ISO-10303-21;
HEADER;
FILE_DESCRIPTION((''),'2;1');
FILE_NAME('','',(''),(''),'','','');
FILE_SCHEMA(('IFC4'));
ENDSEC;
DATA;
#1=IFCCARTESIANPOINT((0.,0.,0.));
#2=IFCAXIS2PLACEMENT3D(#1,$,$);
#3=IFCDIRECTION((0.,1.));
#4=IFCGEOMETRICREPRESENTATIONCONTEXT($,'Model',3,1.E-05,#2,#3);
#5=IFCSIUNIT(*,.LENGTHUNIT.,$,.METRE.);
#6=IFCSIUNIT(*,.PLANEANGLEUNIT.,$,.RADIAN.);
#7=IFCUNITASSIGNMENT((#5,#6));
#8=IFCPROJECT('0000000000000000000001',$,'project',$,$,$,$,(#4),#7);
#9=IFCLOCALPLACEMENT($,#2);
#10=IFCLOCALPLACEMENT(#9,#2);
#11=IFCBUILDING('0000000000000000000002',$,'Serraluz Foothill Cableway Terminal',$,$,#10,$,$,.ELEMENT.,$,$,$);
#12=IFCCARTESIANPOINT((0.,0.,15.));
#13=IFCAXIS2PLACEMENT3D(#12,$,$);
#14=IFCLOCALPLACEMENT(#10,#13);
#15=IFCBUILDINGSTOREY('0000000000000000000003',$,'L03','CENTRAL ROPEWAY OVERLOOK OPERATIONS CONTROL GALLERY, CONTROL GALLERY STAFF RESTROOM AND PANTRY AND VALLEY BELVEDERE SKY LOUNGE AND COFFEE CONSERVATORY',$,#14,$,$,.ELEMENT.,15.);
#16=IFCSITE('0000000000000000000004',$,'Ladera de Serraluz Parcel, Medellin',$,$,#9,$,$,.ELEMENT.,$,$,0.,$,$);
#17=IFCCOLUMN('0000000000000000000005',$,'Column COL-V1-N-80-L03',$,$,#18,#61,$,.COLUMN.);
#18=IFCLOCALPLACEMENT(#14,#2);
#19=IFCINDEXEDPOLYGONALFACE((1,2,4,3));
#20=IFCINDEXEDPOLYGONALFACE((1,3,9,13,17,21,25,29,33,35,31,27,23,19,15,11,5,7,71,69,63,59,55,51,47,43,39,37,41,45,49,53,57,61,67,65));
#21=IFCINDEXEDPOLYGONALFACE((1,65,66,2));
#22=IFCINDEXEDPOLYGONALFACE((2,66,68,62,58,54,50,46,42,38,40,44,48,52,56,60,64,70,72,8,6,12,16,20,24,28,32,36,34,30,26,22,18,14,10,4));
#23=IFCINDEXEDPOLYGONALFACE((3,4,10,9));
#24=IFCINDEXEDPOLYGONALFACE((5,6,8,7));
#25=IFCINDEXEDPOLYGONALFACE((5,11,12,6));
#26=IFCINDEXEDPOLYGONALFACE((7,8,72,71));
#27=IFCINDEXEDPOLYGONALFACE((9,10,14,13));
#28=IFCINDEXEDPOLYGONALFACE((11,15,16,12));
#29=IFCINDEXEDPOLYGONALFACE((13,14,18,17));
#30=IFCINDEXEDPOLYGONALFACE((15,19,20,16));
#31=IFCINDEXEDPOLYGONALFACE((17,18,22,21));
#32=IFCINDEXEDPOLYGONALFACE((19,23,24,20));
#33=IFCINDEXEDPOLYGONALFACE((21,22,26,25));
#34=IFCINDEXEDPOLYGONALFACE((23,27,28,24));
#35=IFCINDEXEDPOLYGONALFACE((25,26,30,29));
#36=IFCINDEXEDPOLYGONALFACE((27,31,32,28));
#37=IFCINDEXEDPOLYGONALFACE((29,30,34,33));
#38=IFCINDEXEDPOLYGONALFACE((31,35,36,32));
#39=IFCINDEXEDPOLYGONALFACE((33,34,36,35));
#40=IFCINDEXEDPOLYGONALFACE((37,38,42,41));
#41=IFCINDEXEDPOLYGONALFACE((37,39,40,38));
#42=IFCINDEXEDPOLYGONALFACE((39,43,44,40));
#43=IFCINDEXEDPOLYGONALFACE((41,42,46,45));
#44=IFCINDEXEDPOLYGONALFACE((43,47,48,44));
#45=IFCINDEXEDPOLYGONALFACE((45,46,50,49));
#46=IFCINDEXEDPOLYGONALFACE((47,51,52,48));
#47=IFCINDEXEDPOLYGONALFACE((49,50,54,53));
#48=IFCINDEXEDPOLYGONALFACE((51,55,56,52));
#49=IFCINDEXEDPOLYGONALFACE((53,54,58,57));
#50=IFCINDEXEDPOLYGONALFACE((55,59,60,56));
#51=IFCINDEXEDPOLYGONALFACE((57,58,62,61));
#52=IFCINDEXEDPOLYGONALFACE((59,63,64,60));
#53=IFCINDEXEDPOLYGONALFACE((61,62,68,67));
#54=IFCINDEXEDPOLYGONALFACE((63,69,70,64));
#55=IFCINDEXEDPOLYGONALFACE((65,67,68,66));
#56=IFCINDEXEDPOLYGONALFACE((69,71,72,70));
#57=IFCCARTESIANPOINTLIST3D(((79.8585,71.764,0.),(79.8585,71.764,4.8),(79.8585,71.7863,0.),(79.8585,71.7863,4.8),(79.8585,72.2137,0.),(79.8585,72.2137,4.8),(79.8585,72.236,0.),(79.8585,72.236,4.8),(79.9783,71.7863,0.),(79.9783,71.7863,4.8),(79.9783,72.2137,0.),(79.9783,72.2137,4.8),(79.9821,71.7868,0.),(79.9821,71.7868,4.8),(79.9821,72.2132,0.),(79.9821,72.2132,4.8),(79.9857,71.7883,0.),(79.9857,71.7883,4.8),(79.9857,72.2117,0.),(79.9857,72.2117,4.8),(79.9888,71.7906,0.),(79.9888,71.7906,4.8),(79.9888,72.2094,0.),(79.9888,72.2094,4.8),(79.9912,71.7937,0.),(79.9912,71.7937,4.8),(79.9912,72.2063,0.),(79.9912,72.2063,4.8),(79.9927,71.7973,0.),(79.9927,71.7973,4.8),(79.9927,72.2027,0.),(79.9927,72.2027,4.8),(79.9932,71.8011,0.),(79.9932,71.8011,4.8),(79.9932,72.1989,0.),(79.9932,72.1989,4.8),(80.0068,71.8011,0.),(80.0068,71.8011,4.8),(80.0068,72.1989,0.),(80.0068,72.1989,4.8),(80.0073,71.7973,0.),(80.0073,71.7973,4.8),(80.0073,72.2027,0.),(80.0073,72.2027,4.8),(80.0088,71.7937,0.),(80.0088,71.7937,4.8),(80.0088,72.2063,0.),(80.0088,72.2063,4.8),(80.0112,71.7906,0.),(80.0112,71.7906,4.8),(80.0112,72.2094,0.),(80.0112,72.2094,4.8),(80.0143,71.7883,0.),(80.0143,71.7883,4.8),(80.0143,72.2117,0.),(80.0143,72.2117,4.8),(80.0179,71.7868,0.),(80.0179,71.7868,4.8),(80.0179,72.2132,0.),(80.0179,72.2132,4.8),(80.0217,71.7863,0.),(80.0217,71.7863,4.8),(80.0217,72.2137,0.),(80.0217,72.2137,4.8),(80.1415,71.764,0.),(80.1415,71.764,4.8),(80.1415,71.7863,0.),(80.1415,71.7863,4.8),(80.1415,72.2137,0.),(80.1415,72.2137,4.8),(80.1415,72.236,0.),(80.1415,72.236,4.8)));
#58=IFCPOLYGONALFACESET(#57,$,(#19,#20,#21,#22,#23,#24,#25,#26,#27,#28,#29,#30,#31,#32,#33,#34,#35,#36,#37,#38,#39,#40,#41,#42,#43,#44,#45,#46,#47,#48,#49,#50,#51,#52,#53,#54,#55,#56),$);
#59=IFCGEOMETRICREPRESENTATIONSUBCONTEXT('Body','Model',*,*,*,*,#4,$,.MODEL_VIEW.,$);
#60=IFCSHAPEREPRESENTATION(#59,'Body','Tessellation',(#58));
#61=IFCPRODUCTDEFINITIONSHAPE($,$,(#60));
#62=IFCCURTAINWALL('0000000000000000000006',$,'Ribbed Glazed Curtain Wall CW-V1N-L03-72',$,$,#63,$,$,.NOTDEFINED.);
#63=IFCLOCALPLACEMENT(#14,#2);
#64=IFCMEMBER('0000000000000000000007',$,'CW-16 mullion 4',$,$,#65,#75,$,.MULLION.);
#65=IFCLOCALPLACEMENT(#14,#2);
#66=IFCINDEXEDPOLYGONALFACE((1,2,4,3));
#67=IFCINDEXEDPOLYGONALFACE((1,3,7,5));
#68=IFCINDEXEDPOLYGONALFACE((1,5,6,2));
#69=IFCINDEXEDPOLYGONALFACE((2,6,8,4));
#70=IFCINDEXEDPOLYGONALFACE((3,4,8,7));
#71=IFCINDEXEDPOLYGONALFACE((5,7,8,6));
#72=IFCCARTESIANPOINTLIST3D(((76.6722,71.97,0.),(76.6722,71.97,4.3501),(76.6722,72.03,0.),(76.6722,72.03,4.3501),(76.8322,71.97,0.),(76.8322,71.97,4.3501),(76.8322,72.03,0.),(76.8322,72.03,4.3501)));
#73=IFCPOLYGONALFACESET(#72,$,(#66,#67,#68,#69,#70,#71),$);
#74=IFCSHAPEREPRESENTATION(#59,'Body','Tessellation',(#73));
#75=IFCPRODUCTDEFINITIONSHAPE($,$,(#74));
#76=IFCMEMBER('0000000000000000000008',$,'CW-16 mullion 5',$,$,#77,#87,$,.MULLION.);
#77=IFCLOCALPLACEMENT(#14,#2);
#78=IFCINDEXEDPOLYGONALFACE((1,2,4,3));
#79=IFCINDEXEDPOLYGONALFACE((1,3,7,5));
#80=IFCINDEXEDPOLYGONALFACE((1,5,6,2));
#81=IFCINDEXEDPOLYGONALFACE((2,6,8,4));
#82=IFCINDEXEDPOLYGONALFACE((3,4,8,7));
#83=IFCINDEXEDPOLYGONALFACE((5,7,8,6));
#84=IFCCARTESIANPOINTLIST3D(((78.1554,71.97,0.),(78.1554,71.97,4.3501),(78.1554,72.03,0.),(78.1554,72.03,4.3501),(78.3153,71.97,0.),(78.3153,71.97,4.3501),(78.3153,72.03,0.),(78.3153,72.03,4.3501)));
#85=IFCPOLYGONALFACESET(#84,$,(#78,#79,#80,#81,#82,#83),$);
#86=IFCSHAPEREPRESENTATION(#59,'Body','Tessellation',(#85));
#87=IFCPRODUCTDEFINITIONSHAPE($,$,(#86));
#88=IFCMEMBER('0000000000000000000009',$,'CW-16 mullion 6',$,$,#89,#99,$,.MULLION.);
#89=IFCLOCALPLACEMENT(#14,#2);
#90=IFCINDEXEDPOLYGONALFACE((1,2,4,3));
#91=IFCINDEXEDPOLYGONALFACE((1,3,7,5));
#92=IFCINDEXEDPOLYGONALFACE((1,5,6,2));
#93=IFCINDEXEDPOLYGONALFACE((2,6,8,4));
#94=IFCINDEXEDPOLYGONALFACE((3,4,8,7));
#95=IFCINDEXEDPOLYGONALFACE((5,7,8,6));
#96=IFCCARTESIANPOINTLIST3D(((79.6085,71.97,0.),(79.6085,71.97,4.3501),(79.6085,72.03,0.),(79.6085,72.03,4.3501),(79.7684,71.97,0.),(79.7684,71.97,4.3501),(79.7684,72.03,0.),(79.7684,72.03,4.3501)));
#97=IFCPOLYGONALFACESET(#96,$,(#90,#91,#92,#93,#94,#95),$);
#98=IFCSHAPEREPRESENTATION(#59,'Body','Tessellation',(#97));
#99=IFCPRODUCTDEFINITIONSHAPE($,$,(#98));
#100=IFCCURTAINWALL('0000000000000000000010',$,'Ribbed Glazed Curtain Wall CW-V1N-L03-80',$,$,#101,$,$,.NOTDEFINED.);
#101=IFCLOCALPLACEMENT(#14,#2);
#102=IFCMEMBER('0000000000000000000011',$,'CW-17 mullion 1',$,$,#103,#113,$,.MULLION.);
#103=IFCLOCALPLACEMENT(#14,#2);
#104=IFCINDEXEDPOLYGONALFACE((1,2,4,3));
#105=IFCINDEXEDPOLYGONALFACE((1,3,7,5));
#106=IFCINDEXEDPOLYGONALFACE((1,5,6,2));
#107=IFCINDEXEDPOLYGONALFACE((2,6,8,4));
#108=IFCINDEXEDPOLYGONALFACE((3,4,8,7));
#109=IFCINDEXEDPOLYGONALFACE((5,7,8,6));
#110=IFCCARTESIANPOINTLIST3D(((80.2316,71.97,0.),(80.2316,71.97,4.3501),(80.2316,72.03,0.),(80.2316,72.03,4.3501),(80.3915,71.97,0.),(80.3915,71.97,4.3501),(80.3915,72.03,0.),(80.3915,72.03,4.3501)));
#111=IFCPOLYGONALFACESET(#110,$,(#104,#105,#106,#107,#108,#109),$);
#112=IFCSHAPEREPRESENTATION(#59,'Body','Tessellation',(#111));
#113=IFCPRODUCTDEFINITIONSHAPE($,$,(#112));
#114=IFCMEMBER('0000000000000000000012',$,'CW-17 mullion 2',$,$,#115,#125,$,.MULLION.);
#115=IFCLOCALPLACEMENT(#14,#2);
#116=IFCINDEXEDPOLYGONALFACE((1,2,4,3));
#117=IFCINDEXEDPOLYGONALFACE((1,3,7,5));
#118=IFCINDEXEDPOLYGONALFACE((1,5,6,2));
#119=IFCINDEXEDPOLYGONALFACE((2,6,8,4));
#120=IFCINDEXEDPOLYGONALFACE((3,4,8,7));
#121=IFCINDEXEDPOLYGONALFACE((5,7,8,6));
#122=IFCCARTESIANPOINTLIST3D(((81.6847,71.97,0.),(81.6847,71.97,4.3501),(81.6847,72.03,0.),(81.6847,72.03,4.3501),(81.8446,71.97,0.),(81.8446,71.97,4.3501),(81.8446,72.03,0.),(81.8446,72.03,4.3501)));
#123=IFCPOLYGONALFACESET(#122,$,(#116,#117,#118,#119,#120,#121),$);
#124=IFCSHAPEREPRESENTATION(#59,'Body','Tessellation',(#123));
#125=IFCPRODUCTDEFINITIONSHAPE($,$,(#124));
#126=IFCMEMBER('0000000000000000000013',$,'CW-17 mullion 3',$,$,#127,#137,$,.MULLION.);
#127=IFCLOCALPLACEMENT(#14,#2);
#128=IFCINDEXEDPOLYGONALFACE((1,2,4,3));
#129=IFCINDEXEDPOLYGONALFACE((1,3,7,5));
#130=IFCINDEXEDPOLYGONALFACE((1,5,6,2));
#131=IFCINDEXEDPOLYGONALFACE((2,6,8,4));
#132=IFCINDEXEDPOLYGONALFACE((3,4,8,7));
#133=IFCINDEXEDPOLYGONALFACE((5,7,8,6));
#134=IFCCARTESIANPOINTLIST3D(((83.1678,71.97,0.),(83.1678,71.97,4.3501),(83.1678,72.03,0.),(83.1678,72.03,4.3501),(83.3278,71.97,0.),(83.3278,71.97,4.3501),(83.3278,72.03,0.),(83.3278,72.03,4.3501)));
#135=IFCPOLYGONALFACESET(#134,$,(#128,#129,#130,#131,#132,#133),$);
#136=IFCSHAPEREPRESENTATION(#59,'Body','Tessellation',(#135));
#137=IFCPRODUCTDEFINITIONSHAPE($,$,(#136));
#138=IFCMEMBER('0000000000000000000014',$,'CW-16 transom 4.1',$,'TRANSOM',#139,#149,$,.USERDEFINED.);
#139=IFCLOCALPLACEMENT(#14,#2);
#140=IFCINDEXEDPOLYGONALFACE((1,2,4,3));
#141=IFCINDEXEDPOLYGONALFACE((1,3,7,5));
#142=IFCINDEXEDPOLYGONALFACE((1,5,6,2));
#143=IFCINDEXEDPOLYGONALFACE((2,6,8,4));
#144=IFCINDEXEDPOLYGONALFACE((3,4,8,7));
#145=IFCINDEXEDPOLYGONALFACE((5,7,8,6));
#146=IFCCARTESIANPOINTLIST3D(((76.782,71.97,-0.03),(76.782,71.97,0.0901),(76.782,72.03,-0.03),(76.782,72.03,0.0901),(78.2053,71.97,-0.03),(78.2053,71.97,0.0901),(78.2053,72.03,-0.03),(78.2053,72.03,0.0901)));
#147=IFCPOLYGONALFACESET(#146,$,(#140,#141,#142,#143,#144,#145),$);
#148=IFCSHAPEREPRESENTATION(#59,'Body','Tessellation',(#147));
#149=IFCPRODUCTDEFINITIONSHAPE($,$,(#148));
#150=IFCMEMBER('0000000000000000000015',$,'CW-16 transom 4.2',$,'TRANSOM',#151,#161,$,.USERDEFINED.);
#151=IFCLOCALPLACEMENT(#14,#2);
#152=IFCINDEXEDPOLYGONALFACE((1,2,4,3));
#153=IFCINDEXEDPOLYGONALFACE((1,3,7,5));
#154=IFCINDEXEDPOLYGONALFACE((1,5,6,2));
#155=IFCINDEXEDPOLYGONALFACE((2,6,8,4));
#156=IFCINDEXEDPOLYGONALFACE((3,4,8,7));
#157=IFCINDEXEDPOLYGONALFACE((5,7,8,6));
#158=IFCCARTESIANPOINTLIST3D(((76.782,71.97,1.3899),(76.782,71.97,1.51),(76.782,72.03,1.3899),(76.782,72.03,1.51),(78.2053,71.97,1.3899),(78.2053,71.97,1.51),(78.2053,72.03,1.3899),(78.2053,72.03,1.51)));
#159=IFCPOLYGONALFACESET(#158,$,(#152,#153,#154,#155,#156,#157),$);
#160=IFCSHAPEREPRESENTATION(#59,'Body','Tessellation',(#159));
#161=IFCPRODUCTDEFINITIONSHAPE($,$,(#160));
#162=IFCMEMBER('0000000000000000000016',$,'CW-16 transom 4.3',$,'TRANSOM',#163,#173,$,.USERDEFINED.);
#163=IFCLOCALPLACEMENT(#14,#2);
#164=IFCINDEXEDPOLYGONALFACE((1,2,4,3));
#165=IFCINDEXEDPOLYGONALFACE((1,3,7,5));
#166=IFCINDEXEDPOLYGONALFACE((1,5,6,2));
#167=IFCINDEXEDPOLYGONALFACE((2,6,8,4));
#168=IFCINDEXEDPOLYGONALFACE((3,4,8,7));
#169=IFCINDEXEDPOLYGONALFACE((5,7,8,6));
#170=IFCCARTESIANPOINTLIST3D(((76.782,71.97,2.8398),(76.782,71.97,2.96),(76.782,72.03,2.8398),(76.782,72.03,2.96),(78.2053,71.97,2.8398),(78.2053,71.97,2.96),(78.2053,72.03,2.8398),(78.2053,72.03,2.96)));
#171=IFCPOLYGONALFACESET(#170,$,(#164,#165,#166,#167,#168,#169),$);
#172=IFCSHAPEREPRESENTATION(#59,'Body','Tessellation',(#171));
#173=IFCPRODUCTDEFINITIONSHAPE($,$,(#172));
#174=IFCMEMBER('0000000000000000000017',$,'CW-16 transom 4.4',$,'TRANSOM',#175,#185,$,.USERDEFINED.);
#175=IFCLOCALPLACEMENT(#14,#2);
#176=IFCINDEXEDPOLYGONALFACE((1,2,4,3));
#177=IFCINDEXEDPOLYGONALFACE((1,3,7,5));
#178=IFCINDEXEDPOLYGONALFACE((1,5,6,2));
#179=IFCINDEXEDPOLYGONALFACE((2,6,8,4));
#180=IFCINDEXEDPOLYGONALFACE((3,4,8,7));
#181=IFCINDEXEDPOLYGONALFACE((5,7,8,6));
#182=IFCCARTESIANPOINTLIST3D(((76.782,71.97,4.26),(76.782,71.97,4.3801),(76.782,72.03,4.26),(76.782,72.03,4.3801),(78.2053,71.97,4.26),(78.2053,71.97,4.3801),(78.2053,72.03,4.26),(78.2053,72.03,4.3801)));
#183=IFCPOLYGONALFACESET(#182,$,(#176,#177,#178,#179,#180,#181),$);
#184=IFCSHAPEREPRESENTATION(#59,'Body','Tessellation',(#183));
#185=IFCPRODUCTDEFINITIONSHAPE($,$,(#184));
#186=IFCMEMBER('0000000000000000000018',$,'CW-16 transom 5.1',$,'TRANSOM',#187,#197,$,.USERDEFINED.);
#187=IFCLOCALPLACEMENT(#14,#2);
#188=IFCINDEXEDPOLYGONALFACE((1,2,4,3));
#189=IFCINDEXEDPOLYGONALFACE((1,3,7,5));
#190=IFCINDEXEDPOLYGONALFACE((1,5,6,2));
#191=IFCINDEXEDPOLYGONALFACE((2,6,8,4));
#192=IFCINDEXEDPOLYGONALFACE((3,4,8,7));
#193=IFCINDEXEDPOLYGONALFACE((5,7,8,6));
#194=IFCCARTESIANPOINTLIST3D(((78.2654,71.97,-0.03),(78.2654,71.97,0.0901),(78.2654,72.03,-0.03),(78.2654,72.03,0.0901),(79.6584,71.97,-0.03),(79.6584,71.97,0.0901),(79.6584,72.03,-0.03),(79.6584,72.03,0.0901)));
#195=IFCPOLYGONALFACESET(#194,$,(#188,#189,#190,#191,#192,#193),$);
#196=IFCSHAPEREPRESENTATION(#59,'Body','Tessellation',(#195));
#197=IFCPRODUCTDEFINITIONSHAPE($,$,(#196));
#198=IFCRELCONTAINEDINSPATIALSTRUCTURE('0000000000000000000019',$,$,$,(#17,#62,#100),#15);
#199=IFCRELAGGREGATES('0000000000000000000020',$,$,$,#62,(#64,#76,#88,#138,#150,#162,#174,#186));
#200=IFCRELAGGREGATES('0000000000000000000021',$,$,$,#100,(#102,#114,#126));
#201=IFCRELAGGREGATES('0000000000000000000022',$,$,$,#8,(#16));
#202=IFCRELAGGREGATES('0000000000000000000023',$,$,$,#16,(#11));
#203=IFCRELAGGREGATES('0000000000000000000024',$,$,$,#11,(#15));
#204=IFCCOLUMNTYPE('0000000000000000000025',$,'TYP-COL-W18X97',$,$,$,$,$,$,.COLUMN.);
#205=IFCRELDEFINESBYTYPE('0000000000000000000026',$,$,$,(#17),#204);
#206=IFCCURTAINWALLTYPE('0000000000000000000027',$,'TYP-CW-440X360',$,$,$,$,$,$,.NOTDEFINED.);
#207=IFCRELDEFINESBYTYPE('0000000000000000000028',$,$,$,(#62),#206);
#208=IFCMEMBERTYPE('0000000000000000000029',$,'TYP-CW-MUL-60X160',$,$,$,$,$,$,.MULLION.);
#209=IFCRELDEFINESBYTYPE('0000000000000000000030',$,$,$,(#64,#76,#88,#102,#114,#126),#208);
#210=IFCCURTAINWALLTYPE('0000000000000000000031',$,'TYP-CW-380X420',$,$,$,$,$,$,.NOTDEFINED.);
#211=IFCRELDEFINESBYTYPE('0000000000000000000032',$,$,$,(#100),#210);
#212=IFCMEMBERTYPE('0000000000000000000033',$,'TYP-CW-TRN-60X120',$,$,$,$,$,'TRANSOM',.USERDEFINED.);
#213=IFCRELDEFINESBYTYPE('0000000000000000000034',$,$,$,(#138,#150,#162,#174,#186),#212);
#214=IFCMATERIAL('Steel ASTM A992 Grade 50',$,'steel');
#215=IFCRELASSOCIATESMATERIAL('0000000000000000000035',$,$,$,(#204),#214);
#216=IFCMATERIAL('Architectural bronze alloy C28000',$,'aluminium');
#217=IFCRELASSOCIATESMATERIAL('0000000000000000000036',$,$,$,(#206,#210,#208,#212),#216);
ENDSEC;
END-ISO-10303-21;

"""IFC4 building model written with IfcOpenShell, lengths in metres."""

from ifc_helpers import new_model, si_unit, direction, frame, origin, origin_2d, place, context, subcontext, project, spatial, rectangle, i_section, extrude, material, material_profile, profile_set, type_object, element, aggregate, save


model = new_model("IFC4")

# Units and contexts
model_context = context("Model", 3, precision=1e-05, world=origin(), true_north=direction((0.0, 1.0)))
body_context = subcontext(model_context, "Body", "Model", "MODEL_VIEW")
ifc_project = project(units=[si_unit("LENGTHUNIT", "METRE"), si_unit("PLANEANGLEUNIT", "RADIAN")], contexts=[model_context])

# Site, building, storey
site_placement = place(None, origin())
site = spatial("IfcSite", under=ifc_project, at=site_placement, Name="Ladera de Serraluz Parcel, Medellin", CompositionType="ELEMENT", RefElevation=0.0)
building_placement = place(site_placement, origin())
building = spatial("IfcBuilding", under=site, at=building_placement, Name="Serraluz Foothill Cableway Terminal", CompositionType="ELEMENT")
storey_placement = place(building_placement, frame((0.0, 0.0, 15.0)))
storey = spatial("IfcBuildingStorey", under=building, at=storey_placement, Name="L03", Description="CENTRAL ROPEWAY OVERLOOK OPERATIONS CONTROL GALLERY, CONTROL GALLERY STAFF RESTROOM AND PANTRY AND VALLEY BELVEDERE SKY LOUNGE AND COFFEE CONSERVATORY", CompositionType="ELEMENT", Elevation=15.0)

# Column
ifc_material_1 = material(Name="Steel ASTM A992 Grade 50", Category="steel")
ifc_material_profile_1 = material_profile(ifc_material_1, i_section(OverallWidth=0.283, OverallDepth=0.4719, WebThickness=0.0137, FlangeThickness=0.0222, FilletRadius=0.0149, at=origin_2d()), Name="W18X97")
ifc_profile_set_1 = profile_set([ifc_material_profile_1], Name="Steel ASTM A992 Grade 50")
column_type = type_object("IfcColumnType", Name="TYP-COL-W18X97", PredefinedType="COLUMN", material=ifc_profile_set_1)
column_placement = place(storey_placement, frame((80.0, 72.0, 0.0), z_axis=(0.0, 0.0, 1.0), x_axis=(1.0, 0.0, 0.0)))
element("IfcColumn", 1, at=column_placement, inside=storey, type_object=column_type, Name="Column COL-V1-N-80-L03", PredefinedType="COLUMN", context=body_context, shape_type="SweptSolid", body=[
    extrude(i_section(OverallWidth=0.283, OverallDepth=0.4719, WebThickness=0.0137, FlangeThickness=0.0222, FilletRadius=0.0149, at=origin_2d()), origin(), (0.0, 0.0, 1.0), 4.8),
])

# Curtain walls, members
ifc_material_2 = material(Name="Architectural bronze alloy C28000", Category="aluminium")
curtain_wall_type_1 = type_object("IfcCurtainWallType", Name="TYP-CW-440X360", PredefinedType="NOTDEFINED", material=ifc_material_2)
curtain_wall_1_placement = place(storey_placement, origin())
curtain_wall_1 = element("IfcCurtainWall", 2, at=curtain_wall_1_placement, inside=storey, type_object=curtain_wall_type_1, Name="Ribbed Glazed Curtain Wall CW-V1N-L03-72", PredefinedType="NOTDEFINED")
ifc_material_profile_2 = material_profile(ifc_material_2, rectangle(XDim=0.0601, YDim=0.1599, at=origin_2d()), Name="ALU MULLION 60x160")
ifc_profile_set_2 = profile_set([ifc_material_profile_2], Name="Architectural bronze alloy C28000")
member_type_1 = type_object("IfcMemberType", Name="TYP-CW-MUL-60X160", PredefinedType="MULLION", material=ifc_profile_set_2)
member_1_placement = place(storey_placement, frame((76.7522, 72.0, 0.0), z_axis=(0.0, 0.0, 1.0), x_axis=(0.0, 1.0, 0.0)))
member_1 = element("IfcMember", 3, at=member_1_placement, type_object=member_type_1, Name="CW-16 mullion 4", PredefinedType="MULLION", context=body_context, shape_type="SweptSolid", body=[
    extrude(rectangle(XDim=0.0601, YDim=0.1599, at=origin_2d()), origin(), (0.0, 0.0, 1.0), 4.3501),
])
member_2_placement = place(storey_placement, frame((78.2354, 72.0, 0.0), z_axis=(0.0, 0.0, 1.0), x_axis=(0.0, 1.0, 0.0)))
member_2 = element("IfcMember", 4, at=member_2_placement, type_object=member_type_1, Name="CW-16 mullion 5", PredefinedType="MULLION", context=body_context, shape_type="SweptSolid", body=[
    extrude(rectangle(XDim=0.0601, YDim=0.1599, at=origin_2d()), origin(), (0.0, 0.0, 1.0), 4.3501),
])
member_3_placement = place(storey_placement, frame((79.6885, 72.0, 0.0), z_axis=(0.0, 0.0, 1.0), x_axis=(0.0, 1.0, 0.0)))
member_3 = element("IfcMember", 5, at=member_3_placement, type_object=member_type_1, Name="CW-16 mullion 6", PredefinedType="MULLION", context=body_context, shape_type="SweptSolid", body=[
    extrude(rectangle(XDim=0.0601, YDim=0.1599, at=origin_2d()), origin(), (0.0, 0.0, 1.0), 4.3501),
])
curtain_wall_type_2 = type_object("IfcCurtainWallType", Name="TYP-CW-380X420", PredefinedType="NOTDEFINED", material=ifc_material_2)
curtain_wall_2_placement = place(storey_placement, origin())
curtain_wall_2 = element("IfcCurtainWall", 6, at=curtain_wall_2_placement, inside=storey, type_object=curtain_wall_type_2, Name="Ribbed Glazed Curtain Wall CW-V1N-L03-80", PredefinedType="NOTDEFINED")
member_4_placement = place(storey_placement, frame((80.3115, 72.0, 0.0), z_axis=(0.0, 0.0, 1.0), x_axis=(0.0, 1.0, 0.0)))
member_4 = element("IfcMember", 7, at=member_4_placement, type_object=member_type_1, Name="CW-17 mullion 1", PredefinedType="MULLION", context=body_context, shape_type="SweptSolid", body=[
    extrude(rectangle(XDim=0.0601, YDim=0.1599, at=origin_2d()), origin(), (0.0, 0.0, 1.0), 4.3501),
])
member_5_placement = place(storey_placement, frame((81.7646, 72.0, 0.0), z_axis=(0.0, 0.0, 1.0), x_axis=(0.0, 1.0, 0.0)))
member_5 = element("IfcMember", 8, at=member_5_placement, type_object=member_type_1, Name="CW-17 mullion 2", PredefinedType="MULLION", context=body_context, shape_type="SweptSolid", body=[
    extrude(rectangle(XDim=0.0601, YDim=0.1599, at=origin_2d()), origin(), (0.0, 0.0, 1.0), 4.3501),
])
member_6_placement = place(storey_placement, frame((83.2478, 72.0, 0.0), z_axis=(0.0, 0.0, 1.0), x_axis=(0.0, 1.0, 0.0)))
member_6 = element("IfcMember", 9, at=member_6_placement, type_object=member_type_1, Name="CW-17 mullion 3", PredefinedType="MULLION", context=body_context, shape_type="SweptSolid", body=[
    extrude(rectangle(XDim=0.0601, YDim=0.1599, at=origin_2d()), origin(), (0.0, 0.0, 1.0), 4.3501),
])

# Members
ifc_material_profile_3 = material_profile(ifc_material_2, rectangle(XDim=0.0601, YDim=0.1201, at=origin_2d()), Name="ALU TRANSOM 60x120")
ifc_profile_set_3 = profile_set([ifc_material_profile_3], Name="Architectural bronze alloy C28000")
member_type_2 = type_object("IfcMemberType", Name="TYP-CW-TRN-60X120", ElementType="TRANSOM", PredefinedType="USERDEFINED", material=ifc_profile_set_3)
member_7_placement = place(storey_placement, frame((76.782, 72.0, 0.03), z_axis=(1.0, 0.0, 0.0), x_axis=(0.0, 1.0, 0.0)))
member_7 = element("IfcMember", 10, at=member_7_placement, type_object=member_type_2, Name="CW-16 transom 4.1", ObjectType="TRANSOM", PredefinedType="USERDEFINED", context=body_context, shape_type="SweptSolid", body=[
    extrude(rectangle(XDim=0.0601, YDim=0.1201, at=origin_2d()), origin(), (0.0, 0.0, 1.0), 1.4233),
])
member_8_placement = place(storey_placement, frame((76.782, 72.0, 1.45), z_axis=(1.0, 0.0, 0.0), x_axis=(0.0, 1.0, 0.0)))
member_8 = element("IfcMember", 11, at=member_8_placement, type_object=member_type_2, Name="CW-16 transom 4.2", ObjectType="TRANSOM", PredefinedType="USERDEFINED", context=body_context, shape_type="SweptSolid", body=[
    extrude(rectangle(XDim=0.0601, YDim=0.1201, at=origin_2d()), origin(), (0.0, 0.0, 1.0), 1.4233),
])
member_9_placement = place(storey_placement, frame((76.782, 72.0, 2.8999), z_axis=(1.0, 0.0, 0.0), x_axis=(0.0, 1.0, 0.0)))
member_9 = element("IfcMember", 12, at=member_9_placement, type_object=member_type_2, Name="CW-16 transom 4.3", ObjectType="TRANSOM", PredefinedType="USERDEFINED", context=body_context, shape_type="SweptSolid", body=[
    extrude(rectangle(XDim=0.0601, YDim=0.1201, at=origin_2d()), origin(), (0.0, 0.0, 1.0), 1.4233),
])
member_10_placement = place(storey_placement, frame((76.782, 72.0, 4.3201), z_axis=(1.0, 0.0, 0.0), x_axis=(0.0, 1.0, 0.0)))
member_10 = element("IfcMember", 13, at=member_10_placement, type_object=member_type_2, Name="CW-16 transom 4.4", ObjectType="TRANSOM", PredefinedType="USERDEFINED", context=body_context, shape_type="SweptSolid", body=[
    extrude(rectangle(XDim=0.0601, YDim=0.1201, at=origin_2d()), origin(), (0.0, 0.0, 1.0), 1.4233),
])
member_11_placement = place(storey_placement, frame((78.2654, 72.0, 0.03), z_axis=(1.0, 0.0, 0.0), x_axis=(0.0, 1.0, 0.0)))
member_11 = element("IfcMember", 14, at=member_11_placement, type_object=member_type_2, Name="CW-16 transom 5.1", ObjectType="TRANSOM", PredefinedType="USERDEFINED", context=body_context, shape_type="SweptSolid", body=[
    extrude(rectangle(XDim=0.0601, YDim=0.1201, at=origin_2d()), origin(), (0.0, 0.0, 1.0), 1.3931),
])

aggregate(curtain_wall_1, [member_1, member_2, member_3, member_7, member_8, member_9, member_10, member_11])
aggregate(curtain_wall_2, [member_4, member_5, member_6])

save(model, "model.ifc")
